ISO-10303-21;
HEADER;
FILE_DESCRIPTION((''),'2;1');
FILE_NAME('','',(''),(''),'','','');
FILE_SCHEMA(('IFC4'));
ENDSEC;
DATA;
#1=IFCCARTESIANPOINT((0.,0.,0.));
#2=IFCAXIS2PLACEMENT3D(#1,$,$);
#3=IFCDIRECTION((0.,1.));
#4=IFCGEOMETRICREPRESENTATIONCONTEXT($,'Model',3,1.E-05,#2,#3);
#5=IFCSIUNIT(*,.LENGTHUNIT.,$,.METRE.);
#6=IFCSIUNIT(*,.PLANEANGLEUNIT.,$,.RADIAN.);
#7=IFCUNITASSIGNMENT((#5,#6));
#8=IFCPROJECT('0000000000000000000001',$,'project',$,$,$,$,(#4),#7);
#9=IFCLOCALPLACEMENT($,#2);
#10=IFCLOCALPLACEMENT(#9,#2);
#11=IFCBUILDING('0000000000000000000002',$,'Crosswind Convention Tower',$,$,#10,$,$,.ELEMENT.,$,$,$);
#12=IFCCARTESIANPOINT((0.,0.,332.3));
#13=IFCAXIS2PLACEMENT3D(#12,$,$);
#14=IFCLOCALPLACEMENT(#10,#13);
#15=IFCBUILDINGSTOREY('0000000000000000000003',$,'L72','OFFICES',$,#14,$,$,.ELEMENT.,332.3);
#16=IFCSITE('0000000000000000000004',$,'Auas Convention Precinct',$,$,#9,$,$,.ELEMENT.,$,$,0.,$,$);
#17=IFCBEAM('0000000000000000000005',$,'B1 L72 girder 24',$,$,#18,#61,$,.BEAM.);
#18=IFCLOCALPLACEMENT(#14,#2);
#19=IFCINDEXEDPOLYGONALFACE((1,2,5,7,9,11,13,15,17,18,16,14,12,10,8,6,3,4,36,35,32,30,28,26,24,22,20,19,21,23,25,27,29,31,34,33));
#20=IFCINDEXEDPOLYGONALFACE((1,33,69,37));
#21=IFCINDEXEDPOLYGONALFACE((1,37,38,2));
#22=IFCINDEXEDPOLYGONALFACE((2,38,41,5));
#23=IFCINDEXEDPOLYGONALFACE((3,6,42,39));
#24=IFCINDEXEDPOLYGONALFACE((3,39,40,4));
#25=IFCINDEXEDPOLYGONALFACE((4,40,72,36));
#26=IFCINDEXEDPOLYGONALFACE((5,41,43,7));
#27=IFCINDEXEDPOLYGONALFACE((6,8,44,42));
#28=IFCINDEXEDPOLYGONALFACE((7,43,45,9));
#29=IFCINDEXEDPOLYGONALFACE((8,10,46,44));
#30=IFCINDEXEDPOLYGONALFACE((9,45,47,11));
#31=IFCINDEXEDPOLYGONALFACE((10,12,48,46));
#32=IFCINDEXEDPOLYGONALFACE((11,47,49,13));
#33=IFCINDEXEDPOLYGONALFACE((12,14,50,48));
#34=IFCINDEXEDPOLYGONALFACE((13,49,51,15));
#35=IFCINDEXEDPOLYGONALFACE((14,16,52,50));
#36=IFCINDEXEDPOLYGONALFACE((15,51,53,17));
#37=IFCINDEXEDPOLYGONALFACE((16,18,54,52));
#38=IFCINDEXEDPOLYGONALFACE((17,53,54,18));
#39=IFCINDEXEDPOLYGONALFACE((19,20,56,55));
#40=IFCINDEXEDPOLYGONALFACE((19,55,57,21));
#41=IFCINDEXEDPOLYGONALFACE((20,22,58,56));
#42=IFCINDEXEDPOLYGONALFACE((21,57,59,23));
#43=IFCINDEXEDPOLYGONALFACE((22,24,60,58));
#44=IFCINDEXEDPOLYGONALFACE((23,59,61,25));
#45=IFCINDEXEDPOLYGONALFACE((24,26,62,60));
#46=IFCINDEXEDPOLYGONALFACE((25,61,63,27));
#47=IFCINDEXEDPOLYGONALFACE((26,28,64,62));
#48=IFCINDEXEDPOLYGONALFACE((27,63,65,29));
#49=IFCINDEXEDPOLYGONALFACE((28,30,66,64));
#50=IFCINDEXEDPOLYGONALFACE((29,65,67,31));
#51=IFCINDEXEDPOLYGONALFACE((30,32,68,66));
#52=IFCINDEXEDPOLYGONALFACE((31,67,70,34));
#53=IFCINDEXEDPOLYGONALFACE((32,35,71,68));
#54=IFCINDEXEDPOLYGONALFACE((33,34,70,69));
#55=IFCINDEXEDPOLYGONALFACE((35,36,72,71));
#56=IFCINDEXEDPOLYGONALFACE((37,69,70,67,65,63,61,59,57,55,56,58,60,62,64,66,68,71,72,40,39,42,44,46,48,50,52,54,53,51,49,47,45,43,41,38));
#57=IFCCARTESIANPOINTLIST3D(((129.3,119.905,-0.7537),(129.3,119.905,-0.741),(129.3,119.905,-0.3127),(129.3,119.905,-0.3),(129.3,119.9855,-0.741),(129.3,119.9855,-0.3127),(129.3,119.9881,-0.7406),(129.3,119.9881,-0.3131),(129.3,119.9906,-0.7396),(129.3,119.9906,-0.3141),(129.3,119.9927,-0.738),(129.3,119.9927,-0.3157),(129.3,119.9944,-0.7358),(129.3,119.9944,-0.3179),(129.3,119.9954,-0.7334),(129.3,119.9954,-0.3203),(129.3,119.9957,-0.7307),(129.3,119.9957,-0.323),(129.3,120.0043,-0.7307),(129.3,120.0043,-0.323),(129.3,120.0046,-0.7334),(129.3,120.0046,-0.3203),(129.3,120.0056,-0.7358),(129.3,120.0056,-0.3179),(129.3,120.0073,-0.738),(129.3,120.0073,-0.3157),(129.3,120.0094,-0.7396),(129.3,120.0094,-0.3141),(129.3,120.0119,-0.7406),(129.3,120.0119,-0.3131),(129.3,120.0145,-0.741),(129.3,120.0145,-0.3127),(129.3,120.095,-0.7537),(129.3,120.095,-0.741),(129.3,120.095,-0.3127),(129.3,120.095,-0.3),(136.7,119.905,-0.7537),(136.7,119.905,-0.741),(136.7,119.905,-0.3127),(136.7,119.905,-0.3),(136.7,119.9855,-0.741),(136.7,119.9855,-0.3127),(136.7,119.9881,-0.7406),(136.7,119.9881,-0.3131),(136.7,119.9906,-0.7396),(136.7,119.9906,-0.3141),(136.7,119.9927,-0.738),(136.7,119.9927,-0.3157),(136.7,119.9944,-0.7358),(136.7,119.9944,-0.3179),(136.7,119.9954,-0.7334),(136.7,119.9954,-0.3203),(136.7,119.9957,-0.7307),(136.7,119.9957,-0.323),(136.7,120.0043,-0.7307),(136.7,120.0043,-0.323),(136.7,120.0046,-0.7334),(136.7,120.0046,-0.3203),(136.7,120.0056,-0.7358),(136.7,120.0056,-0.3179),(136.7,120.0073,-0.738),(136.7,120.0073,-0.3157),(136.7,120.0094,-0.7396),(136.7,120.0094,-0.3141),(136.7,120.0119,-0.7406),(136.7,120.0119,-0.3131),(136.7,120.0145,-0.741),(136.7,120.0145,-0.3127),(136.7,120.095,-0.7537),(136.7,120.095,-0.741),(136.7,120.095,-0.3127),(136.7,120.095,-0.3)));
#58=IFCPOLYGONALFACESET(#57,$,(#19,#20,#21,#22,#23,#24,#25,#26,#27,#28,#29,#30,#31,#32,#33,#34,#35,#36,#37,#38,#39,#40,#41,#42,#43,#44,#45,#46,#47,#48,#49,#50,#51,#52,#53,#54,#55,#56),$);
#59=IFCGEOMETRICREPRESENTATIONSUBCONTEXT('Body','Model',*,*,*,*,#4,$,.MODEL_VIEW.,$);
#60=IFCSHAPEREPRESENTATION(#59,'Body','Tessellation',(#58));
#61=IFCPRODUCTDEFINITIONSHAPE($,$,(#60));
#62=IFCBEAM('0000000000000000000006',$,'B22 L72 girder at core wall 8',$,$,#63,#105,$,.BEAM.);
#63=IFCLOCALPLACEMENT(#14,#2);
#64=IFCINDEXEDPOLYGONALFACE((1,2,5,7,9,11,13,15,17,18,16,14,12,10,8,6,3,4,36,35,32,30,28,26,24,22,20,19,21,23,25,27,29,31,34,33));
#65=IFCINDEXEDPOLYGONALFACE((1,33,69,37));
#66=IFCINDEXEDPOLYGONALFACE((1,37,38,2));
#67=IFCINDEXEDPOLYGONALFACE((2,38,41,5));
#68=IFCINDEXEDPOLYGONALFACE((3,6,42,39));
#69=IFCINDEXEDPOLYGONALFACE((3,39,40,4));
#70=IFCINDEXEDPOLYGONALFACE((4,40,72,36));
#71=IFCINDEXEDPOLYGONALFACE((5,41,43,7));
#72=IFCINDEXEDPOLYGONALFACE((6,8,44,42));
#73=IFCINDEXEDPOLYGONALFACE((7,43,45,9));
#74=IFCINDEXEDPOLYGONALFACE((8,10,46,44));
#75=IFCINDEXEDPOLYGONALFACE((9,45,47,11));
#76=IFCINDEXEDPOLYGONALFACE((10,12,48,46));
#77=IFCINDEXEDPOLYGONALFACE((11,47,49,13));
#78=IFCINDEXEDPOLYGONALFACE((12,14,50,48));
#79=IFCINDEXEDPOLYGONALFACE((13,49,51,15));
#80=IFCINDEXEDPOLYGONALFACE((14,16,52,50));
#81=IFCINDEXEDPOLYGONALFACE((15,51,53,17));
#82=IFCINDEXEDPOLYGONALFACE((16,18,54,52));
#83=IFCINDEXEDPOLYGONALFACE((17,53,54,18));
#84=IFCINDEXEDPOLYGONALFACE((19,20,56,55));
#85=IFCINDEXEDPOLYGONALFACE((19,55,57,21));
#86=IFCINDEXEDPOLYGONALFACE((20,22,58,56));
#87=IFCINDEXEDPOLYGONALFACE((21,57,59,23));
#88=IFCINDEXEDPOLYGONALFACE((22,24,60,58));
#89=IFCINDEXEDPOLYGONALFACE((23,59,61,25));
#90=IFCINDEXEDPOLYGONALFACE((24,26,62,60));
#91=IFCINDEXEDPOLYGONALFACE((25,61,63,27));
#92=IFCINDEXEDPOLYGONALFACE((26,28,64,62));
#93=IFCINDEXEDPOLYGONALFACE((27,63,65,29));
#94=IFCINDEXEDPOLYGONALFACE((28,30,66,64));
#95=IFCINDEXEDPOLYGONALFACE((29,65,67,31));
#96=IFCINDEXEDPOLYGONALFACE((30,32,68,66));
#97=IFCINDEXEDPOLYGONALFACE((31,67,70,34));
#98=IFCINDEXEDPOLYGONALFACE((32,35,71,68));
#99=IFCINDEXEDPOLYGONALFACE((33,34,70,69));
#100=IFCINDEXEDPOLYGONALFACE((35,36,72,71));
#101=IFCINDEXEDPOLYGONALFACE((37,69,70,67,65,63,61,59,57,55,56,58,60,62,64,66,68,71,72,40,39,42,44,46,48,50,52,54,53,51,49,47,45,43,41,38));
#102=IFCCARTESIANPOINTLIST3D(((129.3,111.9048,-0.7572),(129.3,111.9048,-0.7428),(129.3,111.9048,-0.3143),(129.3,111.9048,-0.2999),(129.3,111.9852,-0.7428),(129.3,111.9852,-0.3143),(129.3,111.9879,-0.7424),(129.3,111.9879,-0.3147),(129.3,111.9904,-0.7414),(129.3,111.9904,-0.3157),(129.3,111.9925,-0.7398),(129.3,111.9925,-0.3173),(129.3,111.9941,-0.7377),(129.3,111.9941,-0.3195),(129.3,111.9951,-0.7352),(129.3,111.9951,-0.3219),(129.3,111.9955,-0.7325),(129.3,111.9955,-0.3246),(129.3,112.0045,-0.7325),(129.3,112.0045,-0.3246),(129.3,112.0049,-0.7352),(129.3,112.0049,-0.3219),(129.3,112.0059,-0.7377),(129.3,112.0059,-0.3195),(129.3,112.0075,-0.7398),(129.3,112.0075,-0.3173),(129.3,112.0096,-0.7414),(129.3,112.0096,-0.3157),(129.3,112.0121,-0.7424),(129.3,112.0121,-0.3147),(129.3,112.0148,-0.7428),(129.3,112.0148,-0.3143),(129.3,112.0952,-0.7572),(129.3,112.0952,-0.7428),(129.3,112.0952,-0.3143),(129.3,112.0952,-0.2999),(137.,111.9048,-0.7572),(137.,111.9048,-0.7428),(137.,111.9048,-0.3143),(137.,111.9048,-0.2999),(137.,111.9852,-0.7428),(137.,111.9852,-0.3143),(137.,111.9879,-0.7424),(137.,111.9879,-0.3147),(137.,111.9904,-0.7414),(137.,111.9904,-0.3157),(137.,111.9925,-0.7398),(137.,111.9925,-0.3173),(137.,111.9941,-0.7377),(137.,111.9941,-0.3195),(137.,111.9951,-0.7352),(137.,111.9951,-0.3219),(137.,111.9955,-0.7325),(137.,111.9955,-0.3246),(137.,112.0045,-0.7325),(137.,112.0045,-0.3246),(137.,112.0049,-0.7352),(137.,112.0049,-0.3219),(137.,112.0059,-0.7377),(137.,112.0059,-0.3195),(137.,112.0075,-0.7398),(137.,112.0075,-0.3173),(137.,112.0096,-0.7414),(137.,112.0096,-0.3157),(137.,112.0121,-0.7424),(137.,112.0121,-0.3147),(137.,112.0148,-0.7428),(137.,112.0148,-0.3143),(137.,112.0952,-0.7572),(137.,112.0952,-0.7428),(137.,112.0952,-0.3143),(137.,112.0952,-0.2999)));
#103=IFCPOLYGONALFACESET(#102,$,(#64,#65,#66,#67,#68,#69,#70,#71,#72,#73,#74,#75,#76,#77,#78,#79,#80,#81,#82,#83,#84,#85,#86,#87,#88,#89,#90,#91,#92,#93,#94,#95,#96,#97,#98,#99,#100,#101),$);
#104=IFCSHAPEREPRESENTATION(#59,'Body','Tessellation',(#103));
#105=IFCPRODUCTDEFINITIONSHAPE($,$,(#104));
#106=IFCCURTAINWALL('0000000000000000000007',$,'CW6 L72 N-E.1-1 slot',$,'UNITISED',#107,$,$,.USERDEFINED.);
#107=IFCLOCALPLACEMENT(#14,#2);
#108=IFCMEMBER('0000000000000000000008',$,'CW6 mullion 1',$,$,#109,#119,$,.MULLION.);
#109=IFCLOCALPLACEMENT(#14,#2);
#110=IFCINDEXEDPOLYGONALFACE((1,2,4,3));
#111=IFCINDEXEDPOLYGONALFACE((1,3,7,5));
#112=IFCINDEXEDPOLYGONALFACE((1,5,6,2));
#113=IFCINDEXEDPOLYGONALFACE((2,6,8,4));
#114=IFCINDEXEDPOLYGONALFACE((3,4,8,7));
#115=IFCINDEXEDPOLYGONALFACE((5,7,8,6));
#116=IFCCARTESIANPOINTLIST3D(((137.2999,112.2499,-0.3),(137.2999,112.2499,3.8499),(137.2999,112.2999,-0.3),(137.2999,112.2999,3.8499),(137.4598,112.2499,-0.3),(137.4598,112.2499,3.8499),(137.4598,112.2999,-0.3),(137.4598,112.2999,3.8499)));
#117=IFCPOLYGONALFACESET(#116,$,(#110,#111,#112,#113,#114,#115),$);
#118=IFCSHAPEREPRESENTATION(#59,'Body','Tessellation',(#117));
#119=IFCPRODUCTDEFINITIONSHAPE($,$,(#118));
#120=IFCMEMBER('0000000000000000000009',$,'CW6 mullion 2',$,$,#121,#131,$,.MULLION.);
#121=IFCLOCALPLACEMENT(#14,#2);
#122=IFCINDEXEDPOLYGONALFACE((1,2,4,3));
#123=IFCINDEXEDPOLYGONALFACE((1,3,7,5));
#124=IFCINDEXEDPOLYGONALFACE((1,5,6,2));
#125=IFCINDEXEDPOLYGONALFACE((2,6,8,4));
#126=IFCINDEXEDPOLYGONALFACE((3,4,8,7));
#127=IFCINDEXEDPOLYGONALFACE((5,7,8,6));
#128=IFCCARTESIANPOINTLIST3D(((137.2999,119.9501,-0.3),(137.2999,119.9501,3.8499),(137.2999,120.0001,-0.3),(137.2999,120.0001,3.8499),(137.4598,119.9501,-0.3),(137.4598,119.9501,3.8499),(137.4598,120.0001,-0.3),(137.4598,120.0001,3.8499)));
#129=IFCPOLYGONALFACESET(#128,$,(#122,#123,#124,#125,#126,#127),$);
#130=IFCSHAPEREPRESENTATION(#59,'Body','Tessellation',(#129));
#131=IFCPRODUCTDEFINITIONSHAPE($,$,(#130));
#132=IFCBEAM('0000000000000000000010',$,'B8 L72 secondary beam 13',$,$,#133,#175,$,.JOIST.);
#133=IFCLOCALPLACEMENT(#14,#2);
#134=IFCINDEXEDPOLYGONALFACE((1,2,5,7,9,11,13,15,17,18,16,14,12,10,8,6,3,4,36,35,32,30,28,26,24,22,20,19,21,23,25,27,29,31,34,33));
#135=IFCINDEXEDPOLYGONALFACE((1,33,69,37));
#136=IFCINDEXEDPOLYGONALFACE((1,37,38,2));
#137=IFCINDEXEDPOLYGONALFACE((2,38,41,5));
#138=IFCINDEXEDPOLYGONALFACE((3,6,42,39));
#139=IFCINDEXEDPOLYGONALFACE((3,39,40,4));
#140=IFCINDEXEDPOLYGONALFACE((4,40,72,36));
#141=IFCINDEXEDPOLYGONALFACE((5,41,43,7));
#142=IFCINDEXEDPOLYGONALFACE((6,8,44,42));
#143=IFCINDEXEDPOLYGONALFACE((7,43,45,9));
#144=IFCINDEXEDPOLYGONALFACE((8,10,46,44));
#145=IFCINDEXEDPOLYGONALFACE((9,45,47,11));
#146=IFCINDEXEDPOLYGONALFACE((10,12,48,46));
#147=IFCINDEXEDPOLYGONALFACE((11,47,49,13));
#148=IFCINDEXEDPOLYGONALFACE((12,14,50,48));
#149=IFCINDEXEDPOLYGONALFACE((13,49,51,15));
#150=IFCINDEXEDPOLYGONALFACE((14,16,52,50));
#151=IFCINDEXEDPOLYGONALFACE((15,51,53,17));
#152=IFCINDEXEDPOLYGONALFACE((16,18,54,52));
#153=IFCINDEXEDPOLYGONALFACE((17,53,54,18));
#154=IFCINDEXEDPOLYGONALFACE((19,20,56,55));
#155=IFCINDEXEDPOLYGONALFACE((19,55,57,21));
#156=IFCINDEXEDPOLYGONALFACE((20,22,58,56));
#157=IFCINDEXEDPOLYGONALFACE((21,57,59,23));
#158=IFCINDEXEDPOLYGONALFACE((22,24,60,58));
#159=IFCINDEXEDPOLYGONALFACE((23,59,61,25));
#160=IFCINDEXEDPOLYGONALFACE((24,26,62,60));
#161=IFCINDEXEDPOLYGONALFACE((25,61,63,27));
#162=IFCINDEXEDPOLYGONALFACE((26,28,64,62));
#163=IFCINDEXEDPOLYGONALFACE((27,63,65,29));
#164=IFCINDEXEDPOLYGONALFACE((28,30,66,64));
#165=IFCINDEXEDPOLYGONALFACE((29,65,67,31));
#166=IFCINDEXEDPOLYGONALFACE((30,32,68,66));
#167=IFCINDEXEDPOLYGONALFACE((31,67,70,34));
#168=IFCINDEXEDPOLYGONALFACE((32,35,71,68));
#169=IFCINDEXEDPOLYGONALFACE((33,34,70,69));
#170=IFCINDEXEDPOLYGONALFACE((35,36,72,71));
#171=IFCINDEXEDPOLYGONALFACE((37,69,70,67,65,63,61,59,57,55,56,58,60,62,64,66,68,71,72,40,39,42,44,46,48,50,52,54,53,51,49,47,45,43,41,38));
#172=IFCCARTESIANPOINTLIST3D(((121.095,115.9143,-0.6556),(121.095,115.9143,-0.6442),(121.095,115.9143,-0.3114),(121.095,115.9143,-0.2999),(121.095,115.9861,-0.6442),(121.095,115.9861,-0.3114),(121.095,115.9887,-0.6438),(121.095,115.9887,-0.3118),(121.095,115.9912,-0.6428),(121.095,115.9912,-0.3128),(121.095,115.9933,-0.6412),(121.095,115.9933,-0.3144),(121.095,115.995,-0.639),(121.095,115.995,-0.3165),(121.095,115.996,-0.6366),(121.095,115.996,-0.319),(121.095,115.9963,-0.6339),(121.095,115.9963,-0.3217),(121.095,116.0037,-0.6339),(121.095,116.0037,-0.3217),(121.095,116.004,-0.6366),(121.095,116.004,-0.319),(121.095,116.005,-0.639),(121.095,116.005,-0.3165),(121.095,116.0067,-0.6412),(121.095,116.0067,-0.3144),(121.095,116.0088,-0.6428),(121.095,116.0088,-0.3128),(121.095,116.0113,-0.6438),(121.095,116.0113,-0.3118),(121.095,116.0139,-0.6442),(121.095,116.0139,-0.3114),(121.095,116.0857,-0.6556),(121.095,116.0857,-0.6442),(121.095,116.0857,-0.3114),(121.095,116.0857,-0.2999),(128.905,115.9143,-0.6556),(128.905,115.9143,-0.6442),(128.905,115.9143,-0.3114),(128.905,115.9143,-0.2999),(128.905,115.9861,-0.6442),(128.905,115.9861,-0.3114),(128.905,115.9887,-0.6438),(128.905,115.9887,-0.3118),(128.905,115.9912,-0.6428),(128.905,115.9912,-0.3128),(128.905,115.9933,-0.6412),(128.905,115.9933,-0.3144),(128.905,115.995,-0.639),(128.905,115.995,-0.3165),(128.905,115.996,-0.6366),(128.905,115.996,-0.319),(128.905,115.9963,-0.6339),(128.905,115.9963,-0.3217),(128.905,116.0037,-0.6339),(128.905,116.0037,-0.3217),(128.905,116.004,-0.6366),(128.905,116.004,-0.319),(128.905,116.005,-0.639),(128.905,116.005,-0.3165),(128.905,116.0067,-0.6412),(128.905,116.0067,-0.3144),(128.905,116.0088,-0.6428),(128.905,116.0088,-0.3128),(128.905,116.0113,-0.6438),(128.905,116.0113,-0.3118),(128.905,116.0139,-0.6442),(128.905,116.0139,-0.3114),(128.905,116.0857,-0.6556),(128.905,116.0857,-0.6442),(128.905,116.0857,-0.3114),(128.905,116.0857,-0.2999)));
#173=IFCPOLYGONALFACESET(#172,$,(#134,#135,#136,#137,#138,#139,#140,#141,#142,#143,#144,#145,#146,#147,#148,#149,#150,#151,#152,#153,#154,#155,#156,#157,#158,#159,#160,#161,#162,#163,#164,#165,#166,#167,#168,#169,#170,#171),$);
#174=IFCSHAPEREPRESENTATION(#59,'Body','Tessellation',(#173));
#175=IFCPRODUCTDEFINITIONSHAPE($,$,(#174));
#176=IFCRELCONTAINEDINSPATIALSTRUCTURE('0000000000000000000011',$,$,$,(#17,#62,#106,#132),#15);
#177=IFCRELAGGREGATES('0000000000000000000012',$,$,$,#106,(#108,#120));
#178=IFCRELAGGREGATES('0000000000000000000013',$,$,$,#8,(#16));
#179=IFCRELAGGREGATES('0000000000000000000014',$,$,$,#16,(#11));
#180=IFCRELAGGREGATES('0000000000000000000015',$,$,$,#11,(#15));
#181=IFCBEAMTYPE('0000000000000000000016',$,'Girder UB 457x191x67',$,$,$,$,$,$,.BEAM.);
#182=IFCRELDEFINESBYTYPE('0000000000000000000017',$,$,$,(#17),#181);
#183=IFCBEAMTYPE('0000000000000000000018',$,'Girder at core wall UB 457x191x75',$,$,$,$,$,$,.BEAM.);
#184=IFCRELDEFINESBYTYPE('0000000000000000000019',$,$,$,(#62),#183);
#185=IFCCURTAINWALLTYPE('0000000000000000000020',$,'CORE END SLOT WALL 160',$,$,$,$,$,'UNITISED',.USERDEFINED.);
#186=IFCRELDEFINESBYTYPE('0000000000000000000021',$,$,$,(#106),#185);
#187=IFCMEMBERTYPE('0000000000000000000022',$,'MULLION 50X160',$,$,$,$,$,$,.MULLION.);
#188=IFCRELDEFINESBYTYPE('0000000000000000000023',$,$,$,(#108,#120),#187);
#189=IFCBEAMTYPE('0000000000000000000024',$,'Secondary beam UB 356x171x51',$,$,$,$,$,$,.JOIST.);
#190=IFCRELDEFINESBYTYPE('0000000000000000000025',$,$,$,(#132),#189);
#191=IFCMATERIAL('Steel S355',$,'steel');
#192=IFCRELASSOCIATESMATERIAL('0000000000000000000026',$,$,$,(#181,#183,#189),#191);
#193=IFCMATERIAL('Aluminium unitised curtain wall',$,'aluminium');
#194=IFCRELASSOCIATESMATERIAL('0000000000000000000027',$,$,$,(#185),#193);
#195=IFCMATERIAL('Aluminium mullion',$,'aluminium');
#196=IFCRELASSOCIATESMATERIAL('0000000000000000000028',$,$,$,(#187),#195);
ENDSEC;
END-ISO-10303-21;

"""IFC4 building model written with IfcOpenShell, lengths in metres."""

from ifc_helpers import new_model, si_unit, direction, frame, origin, origin_2d, place, context, subcontext, project, spatial, rectangle, i_section, extrude, material, material_profile, profile_set, type_object, element, aggregate, save


model = new_model("IFC4")

# Units and contexts
model_context = context("Model", 3, precision=1e-05, world=origin(), true_north=direction((0.0, 1.0)))
body_context = subcontext(model_context, "Body", "Model", "MODEL_VIEW")
ifc_project = project(units=[si_unit("LENGTHUNIT", "METRE"), si_unit("PLANEANGLEUNIT", "RADIAN")], contexts=[model_context])

# Site, building, storey
site_placement = place(None, origin())
site = spatial("IfcSite", under=ifc_project, at=site_placement, Name="Auas Convention Precinct", CompositionType="ELEMENT", RefElevation=0.0)
building_placement = place(site_placement, origin())
building = spatial("IfcBuilding", under=site, at=building_placement, Name="Crosswind Convention Tower", CompositionType="ELEMENT")
storey_placement = place(building_placement, frame((0.0, 0.0, 332.3)))
storey = spatial("IfcBuildingStorey", under=building, at=storey_placement, Name="L72", Description="OFFICES", CompositionType="ELEMENT", Elevation=332.3)

# Beams
ifc_material_1 = material(Name="Steel S355", Category="steel")
ifc_material_profile_1 = material_profile(ifc_material_1, i_section(OverallWidth=0.1899, OverallDepth=0.4536, WebThickness=0.0085, FlangeThickness=0.0127, FilletRadius=0.0103, at=origin_2d()), Name="UB 457x191x67")
ifc_profile_set_1 = profile_set([ifc_material_profile_1], Name="Steel S355")
beam_type_1 = type_object("IfcBeamType", Name="Girder UB 457x191x67", PredefinedType="BEAM", material=ifc_profile_set_1)
for number, where, z_axis, x_axis, name in (
    (1, (129.3, 120.0, -0.5269), (1.0, 0.0, 0.0), (0.0, 1.0, 0.0), "B1 L72 girder 24"),
):
    element("IfcBeam", number, at=place(storey_placement, frame(where, z_axis=z_axis, x_axis=x_axis)), inside=storey, type_object=beam_type_1, Name=name, PredefinedType="BEAM", context=body_context, shape_type="SweptSolid", body=[
        extrude(i_section(OverallWidth=0.1899, OverallDepth=0.4536, WebThickness=0.0085, FlangeThickness=0.0127, FilletRadius=0.0103, at=origin_2d()), origin(), (0.0, 0.0, 1.0), 7.3999),
    ])
ifc_material_profile_2 = material_profile(ifc_material_1, i_section(OverallWidth=0.1904, OverallDepth=0.4573, WebThickness=0.009, FlangeThickness=0.0144, FilletRadius=0.0103, at=origin_2d()), Name="UB 457x191x75")
ifc_profile_set_2 = profile_set([ifc_material_profile_2], Name="Steel S355")
beam_type_2 = type_object("IfcBeamType", Name="Girder at core wall UB 457x191x75", PredefinedType="BEAM", material=ifc_profile_set_2)
beam_1_placement = place(storey_placement, frame((129.3, 112.0, -0.5286), z_axis=(1.0, 0.0, 0.0), x_axis=(0.0, 1.0, 0.0)))
element("IfcBeam", 2, at=beam_1_placement, inside=storey, type_object=beam_type_2, Name="B22 L72 girder at core wall 8", PredefinedType="BEAM", context=body_context, shape_type="SweptSolid", body=[
    extrude(i_section(OverallWidth=0.1904, OverallDepth=0.4573, WebThickness=0.009, FlangeThickness=0.0144, FilletRadius=0.0103, at=origin_2d()), origin(), (0.0, 0.0, 1.0), 7.7),
])

# Curtain wall, members
ifc_material_2 = material(Name="Aluminium unitised curtain wall", Category="aluminium")
curtain_wall_type = type_object("IfcCurtainWallType", Name="CORE END SLOT WALL 160", ElementType="UNITISED", PredefinedType="USERDEFINED", material=ifc_material_2)
curtain_wall_placement = place(storey_placement, origin())
curtain_wall = element("IfcCurtainWall", 3, at=curtain_wall_placement, inside=storey, type_object=curtain_wall_type, Name="CW6 L72 N-E.1-1 slot", ObjectType="UNITISED", PredefinedType="USERDEFINED")
ifc_material_3 = material(Name="Aluminium mullion", Category="aluminium")
ifc_material_profile_3 = material_profile(ifc_material_3, rectangle(XDim=0.1599, YDim=0.05, at=origin_2d()), Name="AL 160X50")
ifc_profile_set_3 = profile_set([ifc_material_profile_3], Name="Aluminium mullion")
member_type_1 = type_object("IfcMemberType", Name="MULLION 50X160", PredefinedType="MULLION", material=ifc_profile_set_3)
member_1_placement = place(storey_placement, frame((137.3799, 112.2749, -0.3), z_axis=(0.0, 0.0, 1.0), x_axis=(1.0, 0.0, 0.0)))
member_1 = element("IfcMember", 4, at=member_1_placement, type_object=member_type_1, Name="CW6 mullion 1", PredefinedType="MULLION", context=body_context, shape_type="SweptSolid", body=[
    extrude(rectangle(XDim=0.1599, YDim=0.05, at=origin_2d()), origin(), (0.0, 0.0, 1.0), 4.1499),
])
member_2_placement = place(storey_placement, frame((137.3799, 119.9751, -0.3), z_axis=(0.0, 0.0, 1.0), x_axis=(1.0, 0.0, 0.0)))
member_2 = element("IfcMember", 5, at=member_2_placement, type_object=member_type_1, Name="CW6 mullion 2", PredefinedType="MULLION", context=body_context, shape_type="SweptSolid", body=[
    extrude(rectangle(XDim=0.1599, YDim=0.05, at=origin_2d()), origin(), (0.0, 0.0, 1.0), 4.1499),
])

# Beam
ifc_material_profile_4 = material_profile(ifc_material_1, i_section(OverallWidth=0.1714, OverallDepth=0.3557, WebThickness=0.0073, FlangeThickness=0.0115, FilletRadius=0.0103, at=origin_2d()), Name="UB 356x171x51")
ifc_profile_set_4 = profile_set([ifc_material_profile_4], Name="Steel S355")
beam_type_3 = type_object("IfcBeamType", Name="Secondary beam UB 356x171x51", PredefinedType="JOIST", material=ifc_profile_set_4)
for number, where, z_axis, x_axis, name in (
    (6, (121.095, 116.0, -0.4778), (1.0, 0.0, 0.0), (0.0, 1.0, 0.0), "B8 L72 secondary beam 13"),
):
    element("IfcBeam", number, at=place(storey_placement, frame(where, z_axis=z_axis, x_axis=x_axis)), inside=storey, type_object=beam_type_3, Name=name, PredefinedType="JOIST", context=body_context, shape_type="SweptSolid", body=[
        extrude(i_section(OverallWidth=0.1714, OverallDepth=0.3557, WebThickness=0.0073, FlangeThickness=0.0115, FilletRadius=0.0103, at=origin_2d()), origin(), (0.0, 0.0, 1.0), 7.8101),
    ])

aggregate(curtain_wall, [member_1, member_2])

save(model, "model.ifc")
